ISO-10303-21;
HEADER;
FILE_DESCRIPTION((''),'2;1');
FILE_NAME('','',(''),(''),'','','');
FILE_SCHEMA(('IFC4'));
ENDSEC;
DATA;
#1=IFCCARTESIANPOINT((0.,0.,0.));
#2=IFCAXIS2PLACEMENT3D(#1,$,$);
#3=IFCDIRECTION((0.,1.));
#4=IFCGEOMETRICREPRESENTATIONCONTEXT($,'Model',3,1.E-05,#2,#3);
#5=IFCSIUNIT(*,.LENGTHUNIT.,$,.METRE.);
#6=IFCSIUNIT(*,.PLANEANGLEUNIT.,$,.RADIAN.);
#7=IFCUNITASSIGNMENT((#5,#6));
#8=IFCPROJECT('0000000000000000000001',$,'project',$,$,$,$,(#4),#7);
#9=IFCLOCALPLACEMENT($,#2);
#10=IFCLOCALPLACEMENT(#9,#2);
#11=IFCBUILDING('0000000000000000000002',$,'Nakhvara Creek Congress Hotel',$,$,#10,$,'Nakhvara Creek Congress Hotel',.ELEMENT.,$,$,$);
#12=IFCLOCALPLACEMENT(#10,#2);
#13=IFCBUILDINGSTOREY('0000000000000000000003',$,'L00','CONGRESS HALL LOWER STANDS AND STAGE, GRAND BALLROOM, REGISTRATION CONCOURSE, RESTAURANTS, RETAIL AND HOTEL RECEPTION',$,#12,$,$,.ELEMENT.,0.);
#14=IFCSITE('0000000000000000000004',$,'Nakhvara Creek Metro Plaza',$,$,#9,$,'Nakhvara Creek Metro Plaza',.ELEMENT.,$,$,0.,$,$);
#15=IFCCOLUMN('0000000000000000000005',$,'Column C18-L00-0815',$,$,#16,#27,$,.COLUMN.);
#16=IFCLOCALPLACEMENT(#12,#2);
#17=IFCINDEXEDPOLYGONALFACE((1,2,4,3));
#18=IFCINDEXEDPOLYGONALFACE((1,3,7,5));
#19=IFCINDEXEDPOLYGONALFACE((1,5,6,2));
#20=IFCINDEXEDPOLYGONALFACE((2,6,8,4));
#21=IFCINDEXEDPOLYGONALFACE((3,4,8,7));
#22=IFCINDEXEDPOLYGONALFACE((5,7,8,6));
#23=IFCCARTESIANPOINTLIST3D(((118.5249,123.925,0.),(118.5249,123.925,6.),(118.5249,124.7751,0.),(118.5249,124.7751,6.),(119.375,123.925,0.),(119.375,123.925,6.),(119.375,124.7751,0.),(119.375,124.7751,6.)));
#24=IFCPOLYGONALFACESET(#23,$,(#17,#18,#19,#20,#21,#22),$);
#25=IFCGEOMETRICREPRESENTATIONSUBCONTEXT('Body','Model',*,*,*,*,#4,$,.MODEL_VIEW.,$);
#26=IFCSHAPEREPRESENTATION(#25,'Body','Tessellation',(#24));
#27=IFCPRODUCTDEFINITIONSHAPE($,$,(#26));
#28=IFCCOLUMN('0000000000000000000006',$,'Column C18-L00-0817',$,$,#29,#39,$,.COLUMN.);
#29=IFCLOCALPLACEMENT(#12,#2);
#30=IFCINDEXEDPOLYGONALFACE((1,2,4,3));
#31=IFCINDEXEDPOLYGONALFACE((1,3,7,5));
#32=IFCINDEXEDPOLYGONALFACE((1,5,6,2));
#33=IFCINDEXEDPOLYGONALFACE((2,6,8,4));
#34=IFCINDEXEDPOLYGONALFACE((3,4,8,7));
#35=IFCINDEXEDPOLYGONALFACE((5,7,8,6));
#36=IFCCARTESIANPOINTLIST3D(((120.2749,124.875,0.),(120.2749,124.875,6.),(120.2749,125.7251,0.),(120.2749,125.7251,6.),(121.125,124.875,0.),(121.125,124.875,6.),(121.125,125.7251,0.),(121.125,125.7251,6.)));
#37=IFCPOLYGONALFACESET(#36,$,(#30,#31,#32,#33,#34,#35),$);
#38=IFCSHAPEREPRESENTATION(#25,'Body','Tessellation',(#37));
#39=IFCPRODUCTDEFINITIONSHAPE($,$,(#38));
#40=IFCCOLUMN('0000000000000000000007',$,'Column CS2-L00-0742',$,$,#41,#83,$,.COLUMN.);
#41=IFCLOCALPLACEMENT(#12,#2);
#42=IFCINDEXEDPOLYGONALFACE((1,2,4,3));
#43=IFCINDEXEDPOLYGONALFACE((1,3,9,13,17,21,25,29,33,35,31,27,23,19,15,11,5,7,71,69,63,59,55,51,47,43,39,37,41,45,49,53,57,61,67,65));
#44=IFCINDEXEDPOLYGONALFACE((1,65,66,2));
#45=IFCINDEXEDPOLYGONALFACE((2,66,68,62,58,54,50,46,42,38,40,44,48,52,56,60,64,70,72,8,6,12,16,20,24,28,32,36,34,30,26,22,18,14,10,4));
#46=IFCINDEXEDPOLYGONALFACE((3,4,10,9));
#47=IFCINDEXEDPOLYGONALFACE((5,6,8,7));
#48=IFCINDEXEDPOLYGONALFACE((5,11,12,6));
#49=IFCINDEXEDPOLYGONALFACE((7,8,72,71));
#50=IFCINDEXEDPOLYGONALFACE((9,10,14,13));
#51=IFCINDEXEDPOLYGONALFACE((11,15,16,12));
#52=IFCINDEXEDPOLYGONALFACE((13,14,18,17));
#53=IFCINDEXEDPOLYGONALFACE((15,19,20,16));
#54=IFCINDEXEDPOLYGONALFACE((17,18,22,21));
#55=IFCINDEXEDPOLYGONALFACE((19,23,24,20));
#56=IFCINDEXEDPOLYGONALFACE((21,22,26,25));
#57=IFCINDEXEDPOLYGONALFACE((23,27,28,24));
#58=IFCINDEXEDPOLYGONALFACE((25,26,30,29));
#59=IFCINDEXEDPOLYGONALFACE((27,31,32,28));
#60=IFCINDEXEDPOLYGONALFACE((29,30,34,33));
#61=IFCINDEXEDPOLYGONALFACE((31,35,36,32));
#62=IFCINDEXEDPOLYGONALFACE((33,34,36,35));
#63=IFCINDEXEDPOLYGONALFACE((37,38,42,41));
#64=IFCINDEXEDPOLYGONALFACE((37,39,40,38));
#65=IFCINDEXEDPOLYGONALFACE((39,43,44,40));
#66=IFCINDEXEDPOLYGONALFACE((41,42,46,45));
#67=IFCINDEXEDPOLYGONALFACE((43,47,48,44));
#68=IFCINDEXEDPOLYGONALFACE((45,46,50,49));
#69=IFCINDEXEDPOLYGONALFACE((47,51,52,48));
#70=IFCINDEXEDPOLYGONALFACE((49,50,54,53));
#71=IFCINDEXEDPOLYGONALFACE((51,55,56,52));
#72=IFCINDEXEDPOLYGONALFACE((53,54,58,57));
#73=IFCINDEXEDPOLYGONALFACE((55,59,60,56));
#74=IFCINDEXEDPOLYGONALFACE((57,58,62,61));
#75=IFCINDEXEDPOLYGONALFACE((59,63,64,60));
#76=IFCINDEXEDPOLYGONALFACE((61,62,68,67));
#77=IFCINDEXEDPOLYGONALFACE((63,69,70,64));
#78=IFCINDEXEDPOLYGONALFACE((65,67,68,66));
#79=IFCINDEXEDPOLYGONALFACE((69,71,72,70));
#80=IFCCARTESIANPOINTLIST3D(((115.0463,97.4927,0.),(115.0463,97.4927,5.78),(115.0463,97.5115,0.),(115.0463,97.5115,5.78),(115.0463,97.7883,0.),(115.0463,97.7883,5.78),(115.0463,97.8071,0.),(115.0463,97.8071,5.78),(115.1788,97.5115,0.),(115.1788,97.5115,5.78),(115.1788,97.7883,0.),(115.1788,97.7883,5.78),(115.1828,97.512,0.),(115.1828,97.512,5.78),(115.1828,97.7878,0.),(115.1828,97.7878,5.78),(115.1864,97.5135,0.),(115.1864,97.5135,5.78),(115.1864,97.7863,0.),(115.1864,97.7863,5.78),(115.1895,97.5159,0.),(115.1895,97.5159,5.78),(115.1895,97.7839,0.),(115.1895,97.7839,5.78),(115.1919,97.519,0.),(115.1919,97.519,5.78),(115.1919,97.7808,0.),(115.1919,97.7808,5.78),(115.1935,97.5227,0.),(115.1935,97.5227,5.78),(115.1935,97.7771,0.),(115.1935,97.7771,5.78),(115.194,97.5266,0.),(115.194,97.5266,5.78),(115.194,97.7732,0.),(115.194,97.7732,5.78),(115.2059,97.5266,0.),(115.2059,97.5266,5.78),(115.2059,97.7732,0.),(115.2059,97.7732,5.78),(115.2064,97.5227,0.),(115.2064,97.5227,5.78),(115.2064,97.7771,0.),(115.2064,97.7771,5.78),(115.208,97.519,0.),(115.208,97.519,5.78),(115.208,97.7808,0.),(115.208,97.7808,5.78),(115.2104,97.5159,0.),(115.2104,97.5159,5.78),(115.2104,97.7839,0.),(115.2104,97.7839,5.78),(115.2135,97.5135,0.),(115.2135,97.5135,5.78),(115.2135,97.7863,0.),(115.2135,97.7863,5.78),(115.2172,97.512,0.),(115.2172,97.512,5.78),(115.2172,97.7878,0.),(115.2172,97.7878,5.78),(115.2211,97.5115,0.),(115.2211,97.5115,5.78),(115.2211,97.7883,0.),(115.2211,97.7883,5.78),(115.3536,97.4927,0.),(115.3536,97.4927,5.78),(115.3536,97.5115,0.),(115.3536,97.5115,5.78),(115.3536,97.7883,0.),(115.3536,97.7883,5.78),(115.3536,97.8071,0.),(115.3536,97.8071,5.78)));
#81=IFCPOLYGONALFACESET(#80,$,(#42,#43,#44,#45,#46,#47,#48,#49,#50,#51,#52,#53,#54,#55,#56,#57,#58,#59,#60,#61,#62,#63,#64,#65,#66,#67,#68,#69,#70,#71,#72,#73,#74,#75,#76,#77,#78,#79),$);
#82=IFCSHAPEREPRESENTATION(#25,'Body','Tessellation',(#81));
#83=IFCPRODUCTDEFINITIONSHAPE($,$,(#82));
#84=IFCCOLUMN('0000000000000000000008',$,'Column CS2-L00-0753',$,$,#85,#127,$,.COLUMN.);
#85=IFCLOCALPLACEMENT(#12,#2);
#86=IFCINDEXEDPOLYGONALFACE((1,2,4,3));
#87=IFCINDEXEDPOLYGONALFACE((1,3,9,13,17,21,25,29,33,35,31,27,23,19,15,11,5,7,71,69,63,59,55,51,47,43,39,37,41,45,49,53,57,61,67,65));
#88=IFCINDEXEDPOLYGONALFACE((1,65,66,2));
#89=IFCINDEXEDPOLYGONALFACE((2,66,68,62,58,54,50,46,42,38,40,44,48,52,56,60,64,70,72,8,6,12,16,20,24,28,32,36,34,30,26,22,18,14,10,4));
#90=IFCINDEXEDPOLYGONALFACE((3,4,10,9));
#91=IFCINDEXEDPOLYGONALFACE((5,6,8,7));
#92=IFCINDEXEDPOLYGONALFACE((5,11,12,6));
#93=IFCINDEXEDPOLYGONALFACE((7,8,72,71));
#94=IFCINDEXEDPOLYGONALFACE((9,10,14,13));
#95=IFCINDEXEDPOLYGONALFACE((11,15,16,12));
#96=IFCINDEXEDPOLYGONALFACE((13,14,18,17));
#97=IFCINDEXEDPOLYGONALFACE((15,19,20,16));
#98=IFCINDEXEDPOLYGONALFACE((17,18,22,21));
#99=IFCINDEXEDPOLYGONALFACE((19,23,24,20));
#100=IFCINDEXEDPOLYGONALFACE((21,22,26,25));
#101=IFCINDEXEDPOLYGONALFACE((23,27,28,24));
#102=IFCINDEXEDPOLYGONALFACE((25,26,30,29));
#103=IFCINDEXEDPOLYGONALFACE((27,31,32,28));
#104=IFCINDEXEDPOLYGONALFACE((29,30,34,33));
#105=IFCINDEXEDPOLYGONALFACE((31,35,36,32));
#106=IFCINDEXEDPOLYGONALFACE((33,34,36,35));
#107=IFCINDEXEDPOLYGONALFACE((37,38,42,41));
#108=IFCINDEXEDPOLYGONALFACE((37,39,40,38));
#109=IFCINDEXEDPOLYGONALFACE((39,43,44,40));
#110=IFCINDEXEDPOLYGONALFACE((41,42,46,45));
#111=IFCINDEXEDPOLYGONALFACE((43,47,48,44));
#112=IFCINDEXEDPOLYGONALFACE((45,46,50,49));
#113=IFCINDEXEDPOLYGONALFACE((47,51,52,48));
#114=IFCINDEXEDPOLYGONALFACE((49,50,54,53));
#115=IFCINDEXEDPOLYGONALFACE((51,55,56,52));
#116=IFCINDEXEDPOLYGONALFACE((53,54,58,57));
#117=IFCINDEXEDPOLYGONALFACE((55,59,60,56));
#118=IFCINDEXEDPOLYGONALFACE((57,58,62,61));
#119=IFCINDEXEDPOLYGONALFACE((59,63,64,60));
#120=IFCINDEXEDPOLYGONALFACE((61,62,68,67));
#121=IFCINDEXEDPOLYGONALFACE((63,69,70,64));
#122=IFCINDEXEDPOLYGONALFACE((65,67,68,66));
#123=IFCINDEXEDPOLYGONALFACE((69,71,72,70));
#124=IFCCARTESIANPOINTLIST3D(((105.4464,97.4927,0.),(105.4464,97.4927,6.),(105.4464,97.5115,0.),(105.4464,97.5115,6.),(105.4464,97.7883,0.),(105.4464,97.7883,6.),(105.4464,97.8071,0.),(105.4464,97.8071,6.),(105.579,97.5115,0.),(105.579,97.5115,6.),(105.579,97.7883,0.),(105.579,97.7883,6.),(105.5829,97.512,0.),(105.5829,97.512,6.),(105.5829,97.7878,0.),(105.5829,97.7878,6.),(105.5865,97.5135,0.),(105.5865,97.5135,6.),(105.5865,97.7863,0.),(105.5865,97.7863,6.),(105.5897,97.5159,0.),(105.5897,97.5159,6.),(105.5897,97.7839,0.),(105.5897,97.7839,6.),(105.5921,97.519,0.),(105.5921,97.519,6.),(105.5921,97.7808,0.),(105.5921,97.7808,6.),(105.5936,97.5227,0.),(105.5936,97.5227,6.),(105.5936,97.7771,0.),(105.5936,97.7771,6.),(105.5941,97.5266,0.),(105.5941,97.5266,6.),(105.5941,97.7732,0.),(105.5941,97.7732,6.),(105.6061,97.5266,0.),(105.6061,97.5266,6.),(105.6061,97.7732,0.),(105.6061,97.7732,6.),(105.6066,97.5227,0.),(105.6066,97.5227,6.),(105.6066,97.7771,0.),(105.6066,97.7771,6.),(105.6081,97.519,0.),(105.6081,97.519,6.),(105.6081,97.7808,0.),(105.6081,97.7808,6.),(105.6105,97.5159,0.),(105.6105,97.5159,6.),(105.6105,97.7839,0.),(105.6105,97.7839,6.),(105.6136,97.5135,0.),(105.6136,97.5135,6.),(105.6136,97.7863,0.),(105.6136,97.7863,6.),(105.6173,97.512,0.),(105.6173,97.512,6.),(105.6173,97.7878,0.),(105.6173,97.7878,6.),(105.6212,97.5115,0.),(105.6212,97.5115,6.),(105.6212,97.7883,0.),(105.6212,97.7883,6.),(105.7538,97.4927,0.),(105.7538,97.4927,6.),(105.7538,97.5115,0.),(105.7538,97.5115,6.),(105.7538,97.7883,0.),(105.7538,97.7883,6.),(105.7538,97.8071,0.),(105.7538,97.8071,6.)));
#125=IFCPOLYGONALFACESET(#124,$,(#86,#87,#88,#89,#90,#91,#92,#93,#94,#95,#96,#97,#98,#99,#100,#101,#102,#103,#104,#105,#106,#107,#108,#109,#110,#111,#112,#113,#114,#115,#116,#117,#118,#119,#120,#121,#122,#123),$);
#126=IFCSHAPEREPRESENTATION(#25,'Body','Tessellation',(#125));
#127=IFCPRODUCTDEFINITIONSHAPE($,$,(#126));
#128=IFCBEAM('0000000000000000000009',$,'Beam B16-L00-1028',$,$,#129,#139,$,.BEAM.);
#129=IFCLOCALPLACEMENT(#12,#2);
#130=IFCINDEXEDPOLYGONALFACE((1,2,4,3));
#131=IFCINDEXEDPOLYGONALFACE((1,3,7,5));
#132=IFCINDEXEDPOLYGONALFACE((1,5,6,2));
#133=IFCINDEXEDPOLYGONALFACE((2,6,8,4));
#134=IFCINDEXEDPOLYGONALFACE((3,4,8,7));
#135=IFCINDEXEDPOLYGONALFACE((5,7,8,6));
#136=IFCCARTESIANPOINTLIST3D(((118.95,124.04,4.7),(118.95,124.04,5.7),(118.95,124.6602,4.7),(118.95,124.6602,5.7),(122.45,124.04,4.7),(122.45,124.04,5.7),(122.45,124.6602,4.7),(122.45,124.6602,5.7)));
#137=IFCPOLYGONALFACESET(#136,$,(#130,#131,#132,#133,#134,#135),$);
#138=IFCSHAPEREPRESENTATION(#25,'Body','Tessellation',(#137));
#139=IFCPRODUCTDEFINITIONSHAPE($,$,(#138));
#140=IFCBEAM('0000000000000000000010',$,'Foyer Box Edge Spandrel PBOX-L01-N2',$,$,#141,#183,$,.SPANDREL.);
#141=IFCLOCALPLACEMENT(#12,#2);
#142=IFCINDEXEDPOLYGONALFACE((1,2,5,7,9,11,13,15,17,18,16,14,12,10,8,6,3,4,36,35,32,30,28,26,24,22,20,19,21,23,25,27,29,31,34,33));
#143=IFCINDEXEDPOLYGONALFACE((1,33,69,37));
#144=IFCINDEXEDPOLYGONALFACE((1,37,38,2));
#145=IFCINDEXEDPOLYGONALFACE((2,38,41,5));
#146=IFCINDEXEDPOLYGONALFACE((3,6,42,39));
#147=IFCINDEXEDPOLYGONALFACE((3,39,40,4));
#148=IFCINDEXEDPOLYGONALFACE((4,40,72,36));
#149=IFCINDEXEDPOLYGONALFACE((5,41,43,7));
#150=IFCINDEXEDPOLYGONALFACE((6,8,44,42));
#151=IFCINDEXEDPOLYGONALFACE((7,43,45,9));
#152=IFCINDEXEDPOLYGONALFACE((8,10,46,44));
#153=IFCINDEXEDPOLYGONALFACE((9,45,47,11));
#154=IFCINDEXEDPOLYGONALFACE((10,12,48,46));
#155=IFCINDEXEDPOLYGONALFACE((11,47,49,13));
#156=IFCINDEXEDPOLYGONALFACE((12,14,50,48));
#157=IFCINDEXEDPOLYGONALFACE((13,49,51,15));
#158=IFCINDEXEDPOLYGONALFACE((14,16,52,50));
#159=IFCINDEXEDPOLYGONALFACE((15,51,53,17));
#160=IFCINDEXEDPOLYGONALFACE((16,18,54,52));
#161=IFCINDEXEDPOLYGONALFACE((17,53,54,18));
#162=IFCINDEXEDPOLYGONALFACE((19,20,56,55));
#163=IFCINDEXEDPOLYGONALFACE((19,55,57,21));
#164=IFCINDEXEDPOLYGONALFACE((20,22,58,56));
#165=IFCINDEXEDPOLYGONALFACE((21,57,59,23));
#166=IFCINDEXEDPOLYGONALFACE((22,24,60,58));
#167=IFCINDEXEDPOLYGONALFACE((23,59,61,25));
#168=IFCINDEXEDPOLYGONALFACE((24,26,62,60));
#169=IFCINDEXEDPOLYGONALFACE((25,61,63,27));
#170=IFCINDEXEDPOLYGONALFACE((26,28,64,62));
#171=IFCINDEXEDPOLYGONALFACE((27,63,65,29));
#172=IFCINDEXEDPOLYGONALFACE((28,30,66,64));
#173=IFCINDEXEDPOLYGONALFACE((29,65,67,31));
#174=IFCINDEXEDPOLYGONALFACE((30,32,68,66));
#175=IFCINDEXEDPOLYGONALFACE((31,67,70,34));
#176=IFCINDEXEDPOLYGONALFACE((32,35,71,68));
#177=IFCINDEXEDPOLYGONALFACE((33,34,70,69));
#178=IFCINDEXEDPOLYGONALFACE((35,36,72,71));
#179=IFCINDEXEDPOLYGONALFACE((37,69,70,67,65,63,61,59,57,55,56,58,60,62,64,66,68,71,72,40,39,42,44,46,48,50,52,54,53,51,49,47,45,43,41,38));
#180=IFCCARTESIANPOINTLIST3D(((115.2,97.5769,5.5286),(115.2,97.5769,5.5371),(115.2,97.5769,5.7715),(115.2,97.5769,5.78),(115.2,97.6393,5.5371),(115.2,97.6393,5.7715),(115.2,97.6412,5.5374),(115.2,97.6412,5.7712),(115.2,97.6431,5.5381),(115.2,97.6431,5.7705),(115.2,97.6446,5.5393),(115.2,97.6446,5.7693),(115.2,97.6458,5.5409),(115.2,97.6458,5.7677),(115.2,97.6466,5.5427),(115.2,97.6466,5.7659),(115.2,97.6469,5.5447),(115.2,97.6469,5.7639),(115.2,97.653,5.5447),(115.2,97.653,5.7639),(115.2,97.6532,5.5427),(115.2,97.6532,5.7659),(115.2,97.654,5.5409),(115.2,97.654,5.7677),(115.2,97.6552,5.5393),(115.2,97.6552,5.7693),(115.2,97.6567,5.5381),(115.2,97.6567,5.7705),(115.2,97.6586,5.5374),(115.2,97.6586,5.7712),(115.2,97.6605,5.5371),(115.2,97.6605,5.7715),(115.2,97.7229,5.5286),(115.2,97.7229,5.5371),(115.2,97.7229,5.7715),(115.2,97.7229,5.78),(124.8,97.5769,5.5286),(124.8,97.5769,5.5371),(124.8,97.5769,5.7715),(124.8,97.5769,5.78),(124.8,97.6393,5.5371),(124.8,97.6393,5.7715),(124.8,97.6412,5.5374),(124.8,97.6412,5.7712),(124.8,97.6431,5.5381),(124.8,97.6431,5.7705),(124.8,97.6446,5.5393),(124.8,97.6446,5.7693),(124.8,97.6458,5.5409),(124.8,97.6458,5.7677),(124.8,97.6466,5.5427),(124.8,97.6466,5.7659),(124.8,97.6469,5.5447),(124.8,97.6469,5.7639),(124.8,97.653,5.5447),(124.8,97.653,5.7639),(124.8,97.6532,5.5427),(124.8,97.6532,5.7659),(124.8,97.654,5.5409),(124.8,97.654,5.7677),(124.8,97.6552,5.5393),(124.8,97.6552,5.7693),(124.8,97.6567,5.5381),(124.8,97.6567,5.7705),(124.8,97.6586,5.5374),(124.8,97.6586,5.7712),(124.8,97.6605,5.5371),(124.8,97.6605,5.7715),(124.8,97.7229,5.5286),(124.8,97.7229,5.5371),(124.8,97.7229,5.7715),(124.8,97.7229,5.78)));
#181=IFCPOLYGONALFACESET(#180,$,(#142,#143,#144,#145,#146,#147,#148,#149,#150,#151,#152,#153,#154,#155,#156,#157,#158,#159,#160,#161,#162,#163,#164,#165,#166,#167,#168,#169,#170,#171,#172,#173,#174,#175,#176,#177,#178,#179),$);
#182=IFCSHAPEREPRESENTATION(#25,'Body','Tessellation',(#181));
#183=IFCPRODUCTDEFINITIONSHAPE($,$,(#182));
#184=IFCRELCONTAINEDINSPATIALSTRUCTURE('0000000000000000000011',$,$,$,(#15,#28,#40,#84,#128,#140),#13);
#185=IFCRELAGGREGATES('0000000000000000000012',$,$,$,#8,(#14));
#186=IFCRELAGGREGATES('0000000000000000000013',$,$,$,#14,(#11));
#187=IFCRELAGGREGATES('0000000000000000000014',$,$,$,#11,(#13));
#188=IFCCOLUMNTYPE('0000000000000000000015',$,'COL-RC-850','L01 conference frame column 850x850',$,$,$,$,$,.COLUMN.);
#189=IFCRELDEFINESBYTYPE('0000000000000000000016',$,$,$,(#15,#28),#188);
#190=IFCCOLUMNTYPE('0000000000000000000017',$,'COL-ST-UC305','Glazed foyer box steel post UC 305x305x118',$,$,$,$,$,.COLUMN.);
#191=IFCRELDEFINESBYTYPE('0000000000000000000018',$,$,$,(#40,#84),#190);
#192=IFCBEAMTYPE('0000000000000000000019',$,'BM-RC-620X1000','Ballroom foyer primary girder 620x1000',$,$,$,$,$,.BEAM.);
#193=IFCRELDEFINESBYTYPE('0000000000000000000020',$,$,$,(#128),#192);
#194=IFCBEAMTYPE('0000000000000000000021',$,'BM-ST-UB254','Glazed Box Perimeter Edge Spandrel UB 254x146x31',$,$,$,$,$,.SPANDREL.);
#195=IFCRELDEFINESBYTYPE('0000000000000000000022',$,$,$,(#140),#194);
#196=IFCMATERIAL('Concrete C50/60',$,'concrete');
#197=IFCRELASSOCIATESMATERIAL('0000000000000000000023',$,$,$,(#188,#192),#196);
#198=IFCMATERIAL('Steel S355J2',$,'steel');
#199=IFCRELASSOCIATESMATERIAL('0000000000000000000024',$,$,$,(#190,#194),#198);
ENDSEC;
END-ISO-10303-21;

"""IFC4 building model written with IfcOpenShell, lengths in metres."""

from ifc_helpers import new_model, si_unit, direction, frame, origin, origin_2d, place, context, subcontext, project, spatial, rectangle, i_section, extrude, material, material_profile, profile_set, type_object, element, save


model = new_model("IFC4")

# Units and contexts
model_context = context("Model", 3, precision=1e-05, world=origin(), true_north=direction((0.0, 1.0)))
body_context = subcontext(model_context, "Body", "Model", "MODEL_VIEW")
ifc_project = project(units=[si_unit("LENGTHUNIT", "METRE"), si_unit("PLANEANGLEUNIT", "RADIAN")], contexts=[model_context])

# Site, building, storey
site_placement = place(None, origin())
site = spatial("IfcSite", under=ifc_project, at=site_placement, Name="Nakhvara Creek Metro Plaza", LongName="Nakhvara Creek Metro Plaza", CompositionType="ELEMENT", RefElevation=0.0)
building_placement = place(site_placement, origin())
building = spatial("IfcBuilding", under=site, at=building_placement, Name="Nakhvara Creek Congress Hotel", LongName="Nakhvara Creek Congress Hotel", CompositionType="ELEMENT")
storey_placement = place(building_placement, origin())
storey = spatial("IfcBuildingStorey", under=building, at=storey_placement, Name="L00", Description="CONGRESS HALL LOWER STANDS AND STAGE, GRAND BALLROOM, REGISTRATION CONCOURSE, RESTAURANTS, RETAIL AND HOTEL RECEPTION", CompositionType="ELEMENT", Elevation=0.0)

# Columns
ifc_material_1 = material(Name="Concrete C50/60", Category="concrete")
ifc_material_profile_1 = material_profile(ifc_material_1, rectangle(XDim=0.8501, YDim=0.8501, at=origin_2d()), Name="RC-COL 850x850", Category="LoadBearing")
ifc_profile_set_1 = profile_set([ifc_material_profile_1], Name="Concrete C50/60")
column_type_1 = type_object("IfcColumnType", Name="COL-RC-850", Description="L01 conference frame column 850x850", PredefinedType="COLUMN", material=ifc_profile_set_1)
for number, where, z_axis, x_axis, name in (
    (1, (118.95, 124.3501, 0.0), (0.0, 0.0, 1.0), (1.0, 0.0, 0.0), "Column C18-L00-0815"),
    (2, (120.7, 125.3, 0.0), (0.0, 0.0, 1.0), (1.0, 0.0, 0.0), "Column C18-L00-0817"),
):
    element("IfcColumn", number, at=place(storey_placement, frame(where, z_axis=z_axis, x_axis=x_axis)), inside=storey, type_object=column_type_1, Name=name, PredefinedType="COLUMN", context=body_context, shape_type="SweptSolid", body=[
        extrude(rectangle(XDim=0.8501, YDim=0.8501, at=origin_2d()), origin(), (0.0, 0.0, 1.0), 6.0),
    ])
ifc_material_2 = material(Name="Steel S355J2", Category="steel")
ifc_material_profile_2 = material_profile(ifc_material_2, i_section(OverallWidth=0.3074, OverallDepth=0.3145, WebThickness=0.012, FlangeThickness=0.0188, FilletRadius=0.0151, at=origin_2d()), Name="UC 305x305x118", Category="LoadBearing")
ifc_profile_set_2 = profile_set([ifc_material_profile_2], Name="Steel S355J2")
column_type_2 = type_object("IfcColumnType", Name="COL-ST-UC305", Description="Glazed foyer box steel post UC 305x305x118", PredefinedType="COLUMN", material=ifc_profile_set_2)
column_1_placement = place(storey_placement, frame((115.2, 97.6499, 0.0), z_axis=(0.0, 0.0, 1.0), x_axis=(1.0, 0.0, 0.0)))
element("IfcColumn", 3, at=column_1_placement, inside=storey, type_object=column_type_2, Name="Column CS2-L00-0742", PredefinedType="COLUMN", context=body_context, shape_type="SweptSolid", body=[
    extrude(i_section(OverallWidth=0.3074, OverallDepth=0.3145, WebThickness=0.012, FlangeThickness=0.0188, FilletRadius=0.0151, at=origin_2d()), origin(), (0.0, 0.0, 1.0), 5.78),
])
column_2_placement = place(storey_placement, frame((105.6001, 97.6499, 0.0), z_axis=(0.0, 0.0, 1.0), x_axis=(1.0, 0.0, 0.0)))
element("IfcColumn", 4, at=column_2_placement, inside=storey, type_object=column_type_2, Name="Column CS2-L00-0753", PredefinedType="COLUMN", context=body_context, shape_type="SweptSolid", body=[
    extrude(i_section(OverallWidth=0.3074, OverallDepth=0.3145, WebThickness=0.012, FlangeThickness=0.0188, FilletRadius=0.0151, at=origin_2d()), origin(), (0.0, 0.0, 1.0), 6.0),
])

# Beams
ifc_material_profile_3 = material_profile(ifc_material_1, rectangle(XDim=0.6201, YDim=1.0, at=origin_2d()), Name="RC-BM 620x1000", Category="LoadBearing")
ifc_profile_set_3 = profile_set([ifc_material_profile_3], Name="Concrete C50/60")
beam_type_1 = type_object("IfcBeamType", Name="BM-RC-620X1000", Description="Ballroom foyer primary girder 620x1000", PredefinedType="BEAM", material=ifc_profile_set_3)
beam_1_placement = place(storey_placement, frame((118.95, 124.3501, 5.2), z_axis=(1.0, 0.0, 0.0), x_axis=(0.0, 1.0, 0.0)))
element("IfcBeam", 5, at=beam_1_placement, inside=storey, type_object=beam_type_1, Name="Beam B16-L00-1028", PredefinedType="BEAM", context=body_context, shape_type="SweptSolid", body=[
    extrude(rectangle(XDim=0.6201, YDim=1.0, at=origin_2d()), origin(), (0.0, 0.0, 1.0), 3.5),
])
ifc_material_profile_4 = material_profile(ifc_material_2, i_section(OverallWidth=0.146, OverallDepth=0.2515, WebThickness=0.0061, FlangeThickness=0.0085, FilletRadius=0.0076, at=origin_2d()), Name="UB 254x146x31", Category="LoadBearing")
ifc_profile_set_4 = profile_set([ifc_material_profile_4], Name="Steel S355J2")
beam_type_2 = type_object("IfcBeamType", Name="BM-ST-UB254", Description="Glazed Box Perimeter Edge Spandrel UB 254x146x31", PredefinedType="SPANDREL", material=ifc_profile_set_4)
beam_2_placement = place(storey_placement, frame((115.2, 97.6499, 5.6543), z_axis=(1.0, 0.0, 0.0), x_axis=(0.0, 1.0, 0.0)))
element("IfcBeam", 6, at=beam_2_placement, inside=storey, type_object=beam_type_2, Name="Foyer Box Edge Spandrel PBOX-L01-N2", PredefinedType="SPANDREL", context=body_context, shape_type="SweptSolid", body=[
    extrude(i_section(OverallWidth=0.146, OverallDepth=0.2515, WebThickness=0.0061, FlangeThickness=0.0085, FilletRadius=0.0076, at=origin_2d()), origin(), (0.0, 0.0, 1.0), 9.6001),
])

save(model, "model.ifc")
